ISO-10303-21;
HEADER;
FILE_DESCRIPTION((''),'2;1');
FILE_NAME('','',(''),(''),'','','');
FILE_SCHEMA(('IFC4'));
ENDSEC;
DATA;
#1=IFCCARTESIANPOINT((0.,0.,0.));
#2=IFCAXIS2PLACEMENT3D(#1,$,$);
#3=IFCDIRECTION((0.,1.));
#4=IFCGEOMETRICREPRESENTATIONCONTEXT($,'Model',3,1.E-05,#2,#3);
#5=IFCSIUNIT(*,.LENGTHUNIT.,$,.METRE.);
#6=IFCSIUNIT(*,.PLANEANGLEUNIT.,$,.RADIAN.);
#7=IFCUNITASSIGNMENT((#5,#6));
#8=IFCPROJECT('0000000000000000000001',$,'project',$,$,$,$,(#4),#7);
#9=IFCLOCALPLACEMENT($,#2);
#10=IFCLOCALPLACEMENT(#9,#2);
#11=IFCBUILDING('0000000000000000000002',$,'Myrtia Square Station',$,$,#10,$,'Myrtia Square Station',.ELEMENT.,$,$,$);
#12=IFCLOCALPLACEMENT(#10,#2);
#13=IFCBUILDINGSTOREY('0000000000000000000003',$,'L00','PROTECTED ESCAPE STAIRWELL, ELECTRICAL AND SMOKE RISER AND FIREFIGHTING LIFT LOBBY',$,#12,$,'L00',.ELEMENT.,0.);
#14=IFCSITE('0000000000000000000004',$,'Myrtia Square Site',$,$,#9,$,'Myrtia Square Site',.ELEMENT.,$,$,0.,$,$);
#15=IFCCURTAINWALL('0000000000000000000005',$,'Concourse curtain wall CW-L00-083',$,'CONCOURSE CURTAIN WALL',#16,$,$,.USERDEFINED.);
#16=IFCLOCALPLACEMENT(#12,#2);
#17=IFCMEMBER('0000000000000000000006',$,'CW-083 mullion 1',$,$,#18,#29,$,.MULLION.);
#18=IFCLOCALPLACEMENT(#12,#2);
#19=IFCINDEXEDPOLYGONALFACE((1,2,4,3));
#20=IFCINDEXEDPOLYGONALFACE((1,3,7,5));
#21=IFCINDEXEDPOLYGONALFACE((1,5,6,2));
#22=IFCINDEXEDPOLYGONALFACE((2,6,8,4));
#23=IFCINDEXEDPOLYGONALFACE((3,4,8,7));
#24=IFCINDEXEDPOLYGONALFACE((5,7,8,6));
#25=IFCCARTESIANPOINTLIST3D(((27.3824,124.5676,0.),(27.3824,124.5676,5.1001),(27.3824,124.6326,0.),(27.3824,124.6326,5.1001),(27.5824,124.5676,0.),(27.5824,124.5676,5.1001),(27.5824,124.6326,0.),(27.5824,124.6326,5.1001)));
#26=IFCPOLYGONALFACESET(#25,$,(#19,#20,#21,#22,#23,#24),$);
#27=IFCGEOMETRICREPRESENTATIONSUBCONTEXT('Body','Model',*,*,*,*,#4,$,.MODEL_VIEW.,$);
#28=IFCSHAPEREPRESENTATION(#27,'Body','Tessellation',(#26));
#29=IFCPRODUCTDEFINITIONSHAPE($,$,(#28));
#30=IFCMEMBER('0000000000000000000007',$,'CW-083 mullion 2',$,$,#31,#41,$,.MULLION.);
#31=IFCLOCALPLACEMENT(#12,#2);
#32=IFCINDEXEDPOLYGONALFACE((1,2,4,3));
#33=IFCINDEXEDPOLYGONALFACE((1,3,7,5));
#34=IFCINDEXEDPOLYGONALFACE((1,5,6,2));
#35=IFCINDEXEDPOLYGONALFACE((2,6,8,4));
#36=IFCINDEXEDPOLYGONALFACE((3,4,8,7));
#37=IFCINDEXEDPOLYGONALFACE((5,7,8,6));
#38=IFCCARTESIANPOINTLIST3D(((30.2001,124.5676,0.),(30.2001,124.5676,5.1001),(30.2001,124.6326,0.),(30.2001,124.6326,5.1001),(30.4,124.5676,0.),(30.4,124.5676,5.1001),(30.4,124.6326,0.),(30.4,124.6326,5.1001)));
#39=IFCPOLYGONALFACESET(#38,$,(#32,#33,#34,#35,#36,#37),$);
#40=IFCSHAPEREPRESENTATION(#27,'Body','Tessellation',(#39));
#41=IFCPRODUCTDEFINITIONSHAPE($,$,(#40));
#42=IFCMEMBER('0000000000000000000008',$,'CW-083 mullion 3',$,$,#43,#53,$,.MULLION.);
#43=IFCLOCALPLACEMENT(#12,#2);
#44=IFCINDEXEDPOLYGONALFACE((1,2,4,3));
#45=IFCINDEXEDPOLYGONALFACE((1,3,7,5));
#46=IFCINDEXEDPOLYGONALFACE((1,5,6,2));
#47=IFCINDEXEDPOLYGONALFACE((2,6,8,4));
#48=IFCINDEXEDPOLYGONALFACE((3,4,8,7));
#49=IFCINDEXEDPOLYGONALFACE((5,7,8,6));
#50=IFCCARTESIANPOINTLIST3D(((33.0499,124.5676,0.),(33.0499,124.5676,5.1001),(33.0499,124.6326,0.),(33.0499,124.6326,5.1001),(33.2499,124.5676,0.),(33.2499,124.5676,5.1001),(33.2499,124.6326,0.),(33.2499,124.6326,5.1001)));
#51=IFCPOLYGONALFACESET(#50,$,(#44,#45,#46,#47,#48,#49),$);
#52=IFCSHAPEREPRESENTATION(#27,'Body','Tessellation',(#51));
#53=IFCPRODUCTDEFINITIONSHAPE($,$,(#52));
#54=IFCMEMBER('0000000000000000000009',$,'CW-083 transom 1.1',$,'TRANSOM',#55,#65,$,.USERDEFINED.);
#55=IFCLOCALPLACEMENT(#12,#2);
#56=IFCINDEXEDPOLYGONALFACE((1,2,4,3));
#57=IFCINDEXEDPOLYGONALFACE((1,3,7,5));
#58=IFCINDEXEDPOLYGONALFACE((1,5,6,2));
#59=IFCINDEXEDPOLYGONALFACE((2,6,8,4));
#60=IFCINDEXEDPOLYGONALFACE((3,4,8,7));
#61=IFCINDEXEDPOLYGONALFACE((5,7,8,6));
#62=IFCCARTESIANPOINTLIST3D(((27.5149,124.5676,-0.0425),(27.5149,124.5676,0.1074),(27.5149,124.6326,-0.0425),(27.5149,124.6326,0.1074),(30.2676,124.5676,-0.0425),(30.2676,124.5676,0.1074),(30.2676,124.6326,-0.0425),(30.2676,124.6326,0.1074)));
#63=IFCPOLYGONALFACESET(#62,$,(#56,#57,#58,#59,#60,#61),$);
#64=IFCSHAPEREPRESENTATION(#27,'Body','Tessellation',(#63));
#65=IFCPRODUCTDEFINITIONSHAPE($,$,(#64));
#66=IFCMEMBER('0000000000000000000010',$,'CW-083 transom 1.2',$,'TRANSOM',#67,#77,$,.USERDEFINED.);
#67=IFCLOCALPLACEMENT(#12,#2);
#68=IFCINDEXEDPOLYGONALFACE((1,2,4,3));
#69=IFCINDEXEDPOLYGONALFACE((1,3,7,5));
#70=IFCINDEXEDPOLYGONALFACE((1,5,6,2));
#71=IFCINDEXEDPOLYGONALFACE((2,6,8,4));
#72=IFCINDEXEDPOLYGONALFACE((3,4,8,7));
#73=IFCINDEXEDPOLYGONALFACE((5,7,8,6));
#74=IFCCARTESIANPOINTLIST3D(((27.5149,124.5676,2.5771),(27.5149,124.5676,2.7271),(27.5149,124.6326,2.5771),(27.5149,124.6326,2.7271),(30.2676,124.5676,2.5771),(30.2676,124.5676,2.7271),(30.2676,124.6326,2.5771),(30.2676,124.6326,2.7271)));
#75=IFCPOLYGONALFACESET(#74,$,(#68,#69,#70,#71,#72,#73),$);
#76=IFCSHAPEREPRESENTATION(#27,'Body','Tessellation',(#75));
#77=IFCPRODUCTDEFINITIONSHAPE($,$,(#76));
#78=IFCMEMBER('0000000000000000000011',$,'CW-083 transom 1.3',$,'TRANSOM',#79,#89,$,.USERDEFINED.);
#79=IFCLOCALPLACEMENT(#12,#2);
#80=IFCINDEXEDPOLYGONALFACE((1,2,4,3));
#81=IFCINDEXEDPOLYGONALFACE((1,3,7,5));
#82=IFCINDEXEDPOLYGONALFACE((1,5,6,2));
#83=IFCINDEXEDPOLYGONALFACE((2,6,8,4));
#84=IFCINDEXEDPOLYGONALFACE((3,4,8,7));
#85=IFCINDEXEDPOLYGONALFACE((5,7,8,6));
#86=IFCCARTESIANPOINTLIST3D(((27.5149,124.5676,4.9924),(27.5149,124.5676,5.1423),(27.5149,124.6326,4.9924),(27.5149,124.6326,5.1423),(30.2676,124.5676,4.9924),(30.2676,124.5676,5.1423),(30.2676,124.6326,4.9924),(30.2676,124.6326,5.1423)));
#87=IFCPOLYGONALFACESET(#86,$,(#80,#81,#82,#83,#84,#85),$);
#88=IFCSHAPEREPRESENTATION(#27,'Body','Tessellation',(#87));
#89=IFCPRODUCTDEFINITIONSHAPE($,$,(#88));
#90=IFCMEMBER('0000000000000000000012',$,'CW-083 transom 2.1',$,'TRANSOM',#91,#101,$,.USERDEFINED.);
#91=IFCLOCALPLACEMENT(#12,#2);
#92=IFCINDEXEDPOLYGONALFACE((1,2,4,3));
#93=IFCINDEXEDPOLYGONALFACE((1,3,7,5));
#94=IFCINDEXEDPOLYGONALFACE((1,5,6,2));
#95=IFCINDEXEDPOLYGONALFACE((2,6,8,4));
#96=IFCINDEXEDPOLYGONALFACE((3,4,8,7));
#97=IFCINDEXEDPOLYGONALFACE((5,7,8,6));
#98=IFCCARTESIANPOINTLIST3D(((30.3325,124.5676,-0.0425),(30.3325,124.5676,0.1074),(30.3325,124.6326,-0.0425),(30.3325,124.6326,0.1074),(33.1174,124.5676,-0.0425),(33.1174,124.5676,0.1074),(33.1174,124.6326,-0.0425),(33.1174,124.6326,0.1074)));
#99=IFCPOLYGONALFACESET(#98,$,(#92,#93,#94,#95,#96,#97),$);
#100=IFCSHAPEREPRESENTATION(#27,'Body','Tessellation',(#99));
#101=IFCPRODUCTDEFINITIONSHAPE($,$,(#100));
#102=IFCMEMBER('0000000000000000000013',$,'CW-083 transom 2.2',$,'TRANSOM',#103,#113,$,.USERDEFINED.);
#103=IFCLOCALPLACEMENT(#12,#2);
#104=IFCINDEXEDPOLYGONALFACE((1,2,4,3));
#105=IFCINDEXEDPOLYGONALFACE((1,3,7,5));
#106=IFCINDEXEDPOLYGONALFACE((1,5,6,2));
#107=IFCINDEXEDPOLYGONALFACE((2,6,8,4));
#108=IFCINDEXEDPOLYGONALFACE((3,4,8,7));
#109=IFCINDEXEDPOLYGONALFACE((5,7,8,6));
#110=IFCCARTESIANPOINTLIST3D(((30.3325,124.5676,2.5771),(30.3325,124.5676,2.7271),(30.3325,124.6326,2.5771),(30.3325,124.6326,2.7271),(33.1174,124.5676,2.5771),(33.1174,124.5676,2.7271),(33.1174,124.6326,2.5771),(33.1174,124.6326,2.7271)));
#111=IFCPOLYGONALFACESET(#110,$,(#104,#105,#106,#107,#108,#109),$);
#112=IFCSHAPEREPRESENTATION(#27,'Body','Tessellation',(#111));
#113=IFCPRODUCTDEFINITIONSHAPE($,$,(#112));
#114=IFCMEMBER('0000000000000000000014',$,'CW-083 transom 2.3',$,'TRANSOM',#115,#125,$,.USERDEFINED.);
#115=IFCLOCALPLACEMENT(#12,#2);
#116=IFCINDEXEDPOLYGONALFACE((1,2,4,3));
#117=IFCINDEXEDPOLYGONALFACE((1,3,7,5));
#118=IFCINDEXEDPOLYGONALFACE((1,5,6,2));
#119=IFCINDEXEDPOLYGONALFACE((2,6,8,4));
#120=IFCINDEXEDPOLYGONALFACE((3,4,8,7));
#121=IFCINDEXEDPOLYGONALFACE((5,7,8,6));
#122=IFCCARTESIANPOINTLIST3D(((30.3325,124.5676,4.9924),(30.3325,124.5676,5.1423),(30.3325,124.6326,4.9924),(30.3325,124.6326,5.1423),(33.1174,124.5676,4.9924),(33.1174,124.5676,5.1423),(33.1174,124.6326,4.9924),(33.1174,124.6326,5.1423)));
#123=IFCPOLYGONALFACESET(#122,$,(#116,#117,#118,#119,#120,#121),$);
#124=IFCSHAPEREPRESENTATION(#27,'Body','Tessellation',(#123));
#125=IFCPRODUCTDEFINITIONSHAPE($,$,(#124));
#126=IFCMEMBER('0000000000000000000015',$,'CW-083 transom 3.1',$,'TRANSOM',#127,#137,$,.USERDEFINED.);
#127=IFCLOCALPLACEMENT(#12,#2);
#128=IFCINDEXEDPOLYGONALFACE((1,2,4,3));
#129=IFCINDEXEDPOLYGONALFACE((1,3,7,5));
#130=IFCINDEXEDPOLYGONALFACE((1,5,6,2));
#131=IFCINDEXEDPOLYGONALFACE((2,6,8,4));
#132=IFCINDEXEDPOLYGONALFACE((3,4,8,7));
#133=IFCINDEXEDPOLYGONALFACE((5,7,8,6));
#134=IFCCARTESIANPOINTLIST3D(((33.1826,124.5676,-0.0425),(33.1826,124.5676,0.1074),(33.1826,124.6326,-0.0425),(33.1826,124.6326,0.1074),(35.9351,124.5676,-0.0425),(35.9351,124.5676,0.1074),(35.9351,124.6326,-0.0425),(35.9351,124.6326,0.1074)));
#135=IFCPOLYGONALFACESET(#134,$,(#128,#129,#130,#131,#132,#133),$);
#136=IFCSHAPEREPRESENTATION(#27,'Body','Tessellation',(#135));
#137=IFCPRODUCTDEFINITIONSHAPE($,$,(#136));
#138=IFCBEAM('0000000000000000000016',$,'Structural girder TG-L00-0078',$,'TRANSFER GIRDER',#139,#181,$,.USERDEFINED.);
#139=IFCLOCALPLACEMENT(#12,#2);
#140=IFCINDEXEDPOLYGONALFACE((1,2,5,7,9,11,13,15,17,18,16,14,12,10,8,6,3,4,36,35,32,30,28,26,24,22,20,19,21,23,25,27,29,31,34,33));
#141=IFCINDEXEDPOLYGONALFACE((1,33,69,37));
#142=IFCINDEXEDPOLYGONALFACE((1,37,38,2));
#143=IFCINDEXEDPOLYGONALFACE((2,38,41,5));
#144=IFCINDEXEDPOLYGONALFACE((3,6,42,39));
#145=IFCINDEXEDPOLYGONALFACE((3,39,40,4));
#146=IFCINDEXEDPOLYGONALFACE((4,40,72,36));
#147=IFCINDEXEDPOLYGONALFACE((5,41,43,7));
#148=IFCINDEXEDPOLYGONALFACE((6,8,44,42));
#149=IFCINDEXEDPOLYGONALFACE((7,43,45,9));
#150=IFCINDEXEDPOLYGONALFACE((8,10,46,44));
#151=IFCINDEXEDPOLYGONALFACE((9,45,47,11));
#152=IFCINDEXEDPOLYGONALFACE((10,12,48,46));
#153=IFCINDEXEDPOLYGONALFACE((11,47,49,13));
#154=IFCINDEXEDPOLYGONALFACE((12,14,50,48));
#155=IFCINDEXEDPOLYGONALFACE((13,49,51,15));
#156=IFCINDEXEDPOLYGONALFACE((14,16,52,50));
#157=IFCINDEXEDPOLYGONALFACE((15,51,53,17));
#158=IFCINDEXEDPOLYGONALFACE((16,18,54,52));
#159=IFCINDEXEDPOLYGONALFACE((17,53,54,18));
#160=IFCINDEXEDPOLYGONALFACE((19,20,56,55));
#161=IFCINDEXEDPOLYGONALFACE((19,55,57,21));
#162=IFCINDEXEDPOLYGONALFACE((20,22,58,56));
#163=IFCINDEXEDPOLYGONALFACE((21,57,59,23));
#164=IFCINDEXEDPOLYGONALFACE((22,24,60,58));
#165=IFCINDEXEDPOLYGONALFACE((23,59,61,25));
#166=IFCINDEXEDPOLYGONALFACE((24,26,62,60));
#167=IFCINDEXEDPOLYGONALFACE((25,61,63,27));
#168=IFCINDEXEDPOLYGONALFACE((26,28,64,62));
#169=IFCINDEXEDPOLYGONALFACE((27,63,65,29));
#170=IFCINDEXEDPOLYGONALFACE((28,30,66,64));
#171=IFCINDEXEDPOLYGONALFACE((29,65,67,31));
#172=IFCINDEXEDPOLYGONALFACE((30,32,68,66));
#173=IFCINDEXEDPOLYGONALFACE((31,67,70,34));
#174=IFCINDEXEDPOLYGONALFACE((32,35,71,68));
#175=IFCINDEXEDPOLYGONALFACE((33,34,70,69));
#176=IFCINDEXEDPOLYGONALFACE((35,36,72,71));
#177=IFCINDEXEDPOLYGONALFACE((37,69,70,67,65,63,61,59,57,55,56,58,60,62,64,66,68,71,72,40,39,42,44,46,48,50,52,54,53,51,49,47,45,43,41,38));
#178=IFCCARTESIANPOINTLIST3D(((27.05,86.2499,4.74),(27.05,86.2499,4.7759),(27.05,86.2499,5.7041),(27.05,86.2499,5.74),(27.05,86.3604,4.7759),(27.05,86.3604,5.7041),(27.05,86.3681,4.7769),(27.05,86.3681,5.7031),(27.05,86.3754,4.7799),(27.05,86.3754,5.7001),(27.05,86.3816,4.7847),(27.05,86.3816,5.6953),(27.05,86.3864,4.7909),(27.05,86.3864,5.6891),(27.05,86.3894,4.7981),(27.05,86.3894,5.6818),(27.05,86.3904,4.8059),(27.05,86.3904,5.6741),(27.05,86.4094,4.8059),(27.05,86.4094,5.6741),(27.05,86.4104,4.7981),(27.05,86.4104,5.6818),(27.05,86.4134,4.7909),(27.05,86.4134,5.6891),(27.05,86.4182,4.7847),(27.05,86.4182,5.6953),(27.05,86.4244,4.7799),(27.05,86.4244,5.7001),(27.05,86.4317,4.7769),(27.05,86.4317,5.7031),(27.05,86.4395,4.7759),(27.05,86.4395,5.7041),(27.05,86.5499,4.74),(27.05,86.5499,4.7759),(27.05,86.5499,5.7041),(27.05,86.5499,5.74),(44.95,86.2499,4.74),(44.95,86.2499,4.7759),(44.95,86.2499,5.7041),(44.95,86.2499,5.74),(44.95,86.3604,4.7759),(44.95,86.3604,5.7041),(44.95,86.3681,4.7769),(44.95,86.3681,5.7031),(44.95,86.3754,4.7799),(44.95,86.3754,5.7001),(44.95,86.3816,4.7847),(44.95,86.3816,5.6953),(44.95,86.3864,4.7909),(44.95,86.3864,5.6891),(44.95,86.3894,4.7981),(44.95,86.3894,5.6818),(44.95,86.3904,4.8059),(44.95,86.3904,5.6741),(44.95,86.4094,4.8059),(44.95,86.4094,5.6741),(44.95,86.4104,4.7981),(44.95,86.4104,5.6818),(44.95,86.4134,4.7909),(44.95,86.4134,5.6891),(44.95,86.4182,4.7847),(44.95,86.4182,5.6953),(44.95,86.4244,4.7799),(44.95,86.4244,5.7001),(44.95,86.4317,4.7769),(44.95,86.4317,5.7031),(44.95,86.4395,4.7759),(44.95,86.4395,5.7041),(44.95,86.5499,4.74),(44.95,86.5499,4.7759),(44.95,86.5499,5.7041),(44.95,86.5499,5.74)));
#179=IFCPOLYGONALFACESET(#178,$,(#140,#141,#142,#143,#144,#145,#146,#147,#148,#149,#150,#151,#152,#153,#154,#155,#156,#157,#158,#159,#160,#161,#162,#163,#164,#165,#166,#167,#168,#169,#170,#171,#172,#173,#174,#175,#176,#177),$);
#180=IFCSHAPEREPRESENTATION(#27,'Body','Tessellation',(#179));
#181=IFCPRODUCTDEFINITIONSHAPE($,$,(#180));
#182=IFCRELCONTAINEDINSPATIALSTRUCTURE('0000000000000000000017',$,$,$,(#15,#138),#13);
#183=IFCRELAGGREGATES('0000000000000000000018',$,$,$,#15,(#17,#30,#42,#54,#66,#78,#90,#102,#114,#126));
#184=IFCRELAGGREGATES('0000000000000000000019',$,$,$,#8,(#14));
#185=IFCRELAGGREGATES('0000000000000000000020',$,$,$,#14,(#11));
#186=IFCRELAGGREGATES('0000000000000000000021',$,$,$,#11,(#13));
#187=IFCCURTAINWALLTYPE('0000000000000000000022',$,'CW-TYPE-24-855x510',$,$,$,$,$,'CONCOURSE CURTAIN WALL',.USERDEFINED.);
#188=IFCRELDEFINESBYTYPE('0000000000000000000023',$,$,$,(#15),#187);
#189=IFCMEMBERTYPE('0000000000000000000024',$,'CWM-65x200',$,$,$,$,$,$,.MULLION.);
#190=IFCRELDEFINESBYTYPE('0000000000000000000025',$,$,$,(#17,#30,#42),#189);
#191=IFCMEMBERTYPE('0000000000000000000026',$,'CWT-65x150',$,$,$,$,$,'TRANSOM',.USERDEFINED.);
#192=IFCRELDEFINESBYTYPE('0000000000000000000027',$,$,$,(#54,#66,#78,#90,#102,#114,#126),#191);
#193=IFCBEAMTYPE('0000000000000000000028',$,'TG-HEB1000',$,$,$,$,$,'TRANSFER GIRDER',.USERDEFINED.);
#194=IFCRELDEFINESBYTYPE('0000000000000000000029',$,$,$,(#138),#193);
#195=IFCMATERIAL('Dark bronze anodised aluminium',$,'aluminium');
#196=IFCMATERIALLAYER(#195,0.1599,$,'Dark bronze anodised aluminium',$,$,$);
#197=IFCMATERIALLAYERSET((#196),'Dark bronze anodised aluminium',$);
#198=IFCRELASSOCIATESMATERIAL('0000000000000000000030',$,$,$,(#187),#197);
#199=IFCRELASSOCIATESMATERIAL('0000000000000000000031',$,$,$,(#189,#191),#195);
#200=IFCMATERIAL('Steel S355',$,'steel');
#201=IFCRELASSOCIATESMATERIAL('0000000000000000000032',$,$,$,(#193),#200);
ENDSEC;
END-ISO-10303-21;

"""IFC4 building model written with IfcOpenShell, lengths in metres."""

from ifc_helpers import new_model, si_unit, direction, frame, origin, origin_2d, place, context, subcontext, project, spatial, rectangle, i_section, extrude, material, layer, layer_set, material_profile, profile_set, type_object, element, aggregate, save


model = new_model("IFC4")

# Units and contexts
model_context = context("Model", 3, precision=1e-05, world=origin(), true_north=direction((0.0, 1.0)))
body_context = subcontext(model_context, "Body", "Model", "MODEL_VIEW")
ifc_project = project(units=[si_unit("LENGTHUNIT", "METRE"), si_unit("PLANEANGLEUNIT", "RADIAN")], contexts=[model_context])

# Site, building, storey
site_placement = place(None, origin())
site = spatial("IfcSite", under=ifc_project, at=site_placement, Name="Myrtia Square Site", LongName="Myrtia Square Site", CompositionType="ELEMENT", RefElevation=0.0)
building_placement = place(site_placement, origin())
building = spatial("IfcBuilding", under=site, at=building_placement, Name="Myrtia Square Station", LongName="Myrtia Square Station", CompositionType="ELEMENT")
storey_placement = place(building_placement, origin())
storey = spatial("IfcBuildingStorey", under=building, at=storey_placement, Name="L00", Description="PROTECTED ESCAPE STAIRWELL, ELECTRICAL AND SMOKE RISER AND FIREFIGHTING LIFT LOBBY", LongName="L00", CompositionType="ELEMENT", Elevation=0.0)

# Shared definitions
ifc_material_1 = material(Name="Steel S355", Category="steel")

# Curtain wall, members
ifc_material_2 = material(Name="Dark bronze anodised aluminium", Category="aluminium")
ifc_layer_1 = layer(ifc_material_2, 0.1599, Name="Dark bronze anodised aluminium")
ifc_layer_set_1 = layer_set([ifc_layer_1], Name="Dark bronze anodised aluminium")
curtain_wall_type = type_object("IfcCurtainWallType", Name="CW-TYPE-24-855x510", ElementType="CONCOURSE CURTAIN WALL", PredefinedType="USERDEFINED", material=ifc_layer_set_1)
curtain_wall_placement = place(storey_placement, origin())
curtain_wall = element("IfcCurtainWall", 1, at=curtain_wall_placement, inside=storey, type_object=curtain_wall_type, Name="Concourse curtain wall CW-L00-083", ObjectType="CONCOURSE CURTAIN WALL", PredefinedType="USERDEFINED")
ifc_material_profile_1 = material_profile(ifc_material_2, rectangle(XDim=0.0649, YDim=0.2, at=origin_2d()), Name="ALU-M 65x200")
ifc_profile_set_1 = profile_set([ifc_material_profile_1], Name="Dark bronze anodised aluminium")
member_type_1 = type_object("IfcMemberType", Name="CWM-65x200", PredefinedType="MULLION", material=ifc_profile_set_1)
member_1_placement = place(storey_placement, frame((27.4824, 124.6001, 0.0), z_axis=(0.0, 0.0, 1.0), x_axis=(0.0, 1.0, 0.0)))
member_1 = element("IfcMember", 2, at=member_1_placement, type_object=member_type_1, Name="CW-083 mullion 1", PredefinedType="MULLION", context=body_context, shape_type="SweptSolid", body=[
    extrude(rectangle(XDim=0.0649, YDim=0.2, at=origin_2d()), origin(), (0.0, 0.0, 1.0), 5.1001),
])
member_2_placement = place(storey_placement, frame((30.3, 124.6001, 0.0), z_axis=(0.0, 0.0, 1.0), x_axis=(0.0, 1.0, 0.0)))
member_2 = element("IfcMember", 3, at=member_2_placement, type_object=member_type_1, Name="CW-083 mullion 2", PredefinedType="MULLION", context=body_context, shape_type="SweptSolid", body=[
    extrude(rectangle(XDim=0.0649, YDim=0.2, at=origin_2d()), origin(), (0.0, 0.0, 1.0), 5.1001),
])
member_3_placement = place(storey_placement, frame((33.1499, 124.6001, 0.0), z_axis=(0.0, 0.0, 1.0), x_axis=(0.0, 1.0, 0.0)))
member_3 = element("IfcMember", 4, at=member_3_placement, type_object=member_type_1, Name="CW-083 mullion 3", PredefinedType="MULLION", context=body_context, shape_type="SweptSolid", body=[
    extrude(rectangle(XDim=0.0649, YDim=0.2, at=origin_2d()), origin(), (0.0, 0.0, 1.0), 5.1001),
])
ifc_material_profile_2 = material_profile(ifc_material_2, rectangle(XDim=0.0649, YDim=0.1499, at=origin_2d()), Name="ALU-T 65x150")
ifc_profile_set_2 = profile_set([ifc_material_profile_2], Name="Dark bronze anodised aluminium")
member_type_2 = type_object("IfcMemberType", Name="CWT-65x150", ElementType="TRANSOM", PredefinedType="USERDEFINED", material=ifc_profile_set_2)
member_4_placement = place(storey_placement, frame((27.5149, 124.6001, 0.0325), z_axis=(1.0, 0.0, 0.0), x_axis=(0.0, 1.0, 0.0)))
member_4 = element("IfcMember", 5, at=member_4_placement, type_object=member_type_2, Name="CW-083 transom 1.1", ObjectType="TRANSOM", PredefinedType="USERDEFINED", context=body_context, shape_type="SweptSolid", body=[
    extrude(rectangle(XDim=0.0649, YDim=0.1499, at=origin_2d()), origin(), (0.0, 0.0, 1.0), 2.7527),
])
member_5_placement = place(storey_placement, frame((27.5149, 124.6001, 2.6521), z_axis=(1.0, 0.0, 0.0), x_axis=(0.0, 1.0, 0.0)))
member_5 = element("IfcMember", 6, at=member_5_placement, type_object=member_type_2, Name="CW-083 transom 1.2", ObjectType="TRANSOM", PredefinedType="USERDEFINED", context=body_context, shape_type="SweptSolid", body=[
    extrude(rectangle(XDim=0.0649, YDim=0.1499, at=origin_2d()), origin(), (0.0, 0.0, 1.0), 2.7527),
])
member_6_placement = place(storey_placement, frame((27.5149, 124.6001, 5.0674), z_axis=(1.0, 0.0, 0.0), x_axis=(0.0, 1.0, 0.0)))
member_6 = element("IfcMember", 7, at=member_6_placement, type_object=member_type_2, Name="CW-083 transom 1.3", ObjectType="TRANSOM", PredefinedType="USERDEFINED", context=body_context, shape_type="SweptSolid", body=[
    extrude(rectangle(XDim=0.0649, YDim=0.1499, at=origin_2d()), origin(), (0.0, 0.0, 1.0), 2.7527),
])
member_7_placement = place(storey_placement, frame((30.3325, 124.6001, 0.0325), z_axis=(1.0, 0.0, 0.0), x_axis=(0.0, 1.0, 0.0)))
member_7 = element("IfcMember", 8, at=member_7_placement, type_object=member_type_2, Name="CW-083 transom 2.1", ObjectType="TRANSOM", PredefinedType="USERDEFINED", context=body_context, shape_type="SweptSolid", body=[
    extrude(rectangle(XDim=0.0649, YDim=0.1499, at=origin_2d()), origin(), (0.0, 0.0, 1.0), 2.7849),
])
member_8_placement = place(storey_placement, frame((30.3325, 124.6001, 2.6521), z_axis=(1.0, 0.0, 0.0), x_axis=(0.0, 1.0, 0.0)))
member_8 = element("IfcMember", 9, at=member_8_placement, type_object=member_type_2, Name="CW-083 transom 2.2", ObjectType="TRANSOM", PredefinedType="USERDEFINED", context=body_context, shape_type="SweptSolid", body=[
    extrude(rectangle(XDim=0.0649, YDim=0.1499, at=origin_2d()), origin(), (0.0, 0.0, 1.0), 2.7849),
])
member_9_placement = place(storey_placement, frame((30.3325, 124.6001, 5.0674), z_axis=(1.0, 0.0, 0.0), x_axis=(0.0, 1.0, 0.0)))
member_9 = element("IfcMember", 10, at=member_9_placement, type_object=member_type_2, Name="CW-083 transom 2.3", ObjectType="TRANSOM", PredefinedType="USERDEFINED", context=body_context, shape_type="SweptSolid", body=[
    extrude(rectangle(XDim=0.0649, YDim=0.1499, at=origin_2d()), origin(), (0.0, 0.0, 1.0), 2.7849),
])
member_10_placement = place(storey_placement, frame((33.1826, 124.6001, 0.0325), z_axis=(1.0, 0.0, 0.0), x_axis=(0.0, 1.0, 0.0)))
member_10 = element("IfcMember", 11, at=member_10_placement, type_object=member_type_2, Name="CW-083 transom 3.1", ObjectType="TRANSOM", PredefinedType="USERDEFINED", context=body_context, shape_type="SweptSolid", body=[
    extrude(rectangle(XDim=0.0649, YDim=0.1499, at=origin_2d()), origin(), (0.0, 0.0, 1.0), 2.7524),
])

# Beam
ifc_material_profile_3 = material_profile(ifc_material_1, i_section(OverallWidth=0.3, OverallDepth=1.0, WebThickness=0.019, FlangeThickness=0.0359, FilletRadius=0.03, at=origin_2d()), Name="HEB 1000")
ifc_profile_set_3 = profile_set([ifc_material_profile_3], Name="Steel S355")
beam_type = type_object("IfcBeamType", Name="TG-HEB1000", ElementType="TRANSFER GIRDER", PredefinedType="USERDEFINED", material=ifc_profile_set_3)
for number, where, z_axis, x_axis, name in (
    (12, (27.05, 86.3999, 5.24), (1.0, 0.0, 0.0), (0.0, 1.0, 0.0), "Structural girder TG-L00-0078"),
):
    element("IfcBeam", number, at=place(storey_placement, frame(where, z_axis=z_axis, x_axis=x_axis)), inside=storey, type_object=beam_type, Name=name, ObjectType="TRANSFER GIRDER", PredefinedType="USERDEFINED", context=body_context, shape_type="SweptSolid", body=[
        extrude(i_section(OverallWidth=0.3, OverallDepth=1.0, WebThickness=0.019, FlangeThickness=0.0359, FilletRadius=0.03, at=origin_2d()), origin(), (0.0, 0.0, 1.0), 17.8999),
    ])

aggregate(curtain_wall, [member_1, member_2, member_3, member_4, member_5, member_6, member_7, member_8, member_9, member_10])

save(model, "model.ifc")
